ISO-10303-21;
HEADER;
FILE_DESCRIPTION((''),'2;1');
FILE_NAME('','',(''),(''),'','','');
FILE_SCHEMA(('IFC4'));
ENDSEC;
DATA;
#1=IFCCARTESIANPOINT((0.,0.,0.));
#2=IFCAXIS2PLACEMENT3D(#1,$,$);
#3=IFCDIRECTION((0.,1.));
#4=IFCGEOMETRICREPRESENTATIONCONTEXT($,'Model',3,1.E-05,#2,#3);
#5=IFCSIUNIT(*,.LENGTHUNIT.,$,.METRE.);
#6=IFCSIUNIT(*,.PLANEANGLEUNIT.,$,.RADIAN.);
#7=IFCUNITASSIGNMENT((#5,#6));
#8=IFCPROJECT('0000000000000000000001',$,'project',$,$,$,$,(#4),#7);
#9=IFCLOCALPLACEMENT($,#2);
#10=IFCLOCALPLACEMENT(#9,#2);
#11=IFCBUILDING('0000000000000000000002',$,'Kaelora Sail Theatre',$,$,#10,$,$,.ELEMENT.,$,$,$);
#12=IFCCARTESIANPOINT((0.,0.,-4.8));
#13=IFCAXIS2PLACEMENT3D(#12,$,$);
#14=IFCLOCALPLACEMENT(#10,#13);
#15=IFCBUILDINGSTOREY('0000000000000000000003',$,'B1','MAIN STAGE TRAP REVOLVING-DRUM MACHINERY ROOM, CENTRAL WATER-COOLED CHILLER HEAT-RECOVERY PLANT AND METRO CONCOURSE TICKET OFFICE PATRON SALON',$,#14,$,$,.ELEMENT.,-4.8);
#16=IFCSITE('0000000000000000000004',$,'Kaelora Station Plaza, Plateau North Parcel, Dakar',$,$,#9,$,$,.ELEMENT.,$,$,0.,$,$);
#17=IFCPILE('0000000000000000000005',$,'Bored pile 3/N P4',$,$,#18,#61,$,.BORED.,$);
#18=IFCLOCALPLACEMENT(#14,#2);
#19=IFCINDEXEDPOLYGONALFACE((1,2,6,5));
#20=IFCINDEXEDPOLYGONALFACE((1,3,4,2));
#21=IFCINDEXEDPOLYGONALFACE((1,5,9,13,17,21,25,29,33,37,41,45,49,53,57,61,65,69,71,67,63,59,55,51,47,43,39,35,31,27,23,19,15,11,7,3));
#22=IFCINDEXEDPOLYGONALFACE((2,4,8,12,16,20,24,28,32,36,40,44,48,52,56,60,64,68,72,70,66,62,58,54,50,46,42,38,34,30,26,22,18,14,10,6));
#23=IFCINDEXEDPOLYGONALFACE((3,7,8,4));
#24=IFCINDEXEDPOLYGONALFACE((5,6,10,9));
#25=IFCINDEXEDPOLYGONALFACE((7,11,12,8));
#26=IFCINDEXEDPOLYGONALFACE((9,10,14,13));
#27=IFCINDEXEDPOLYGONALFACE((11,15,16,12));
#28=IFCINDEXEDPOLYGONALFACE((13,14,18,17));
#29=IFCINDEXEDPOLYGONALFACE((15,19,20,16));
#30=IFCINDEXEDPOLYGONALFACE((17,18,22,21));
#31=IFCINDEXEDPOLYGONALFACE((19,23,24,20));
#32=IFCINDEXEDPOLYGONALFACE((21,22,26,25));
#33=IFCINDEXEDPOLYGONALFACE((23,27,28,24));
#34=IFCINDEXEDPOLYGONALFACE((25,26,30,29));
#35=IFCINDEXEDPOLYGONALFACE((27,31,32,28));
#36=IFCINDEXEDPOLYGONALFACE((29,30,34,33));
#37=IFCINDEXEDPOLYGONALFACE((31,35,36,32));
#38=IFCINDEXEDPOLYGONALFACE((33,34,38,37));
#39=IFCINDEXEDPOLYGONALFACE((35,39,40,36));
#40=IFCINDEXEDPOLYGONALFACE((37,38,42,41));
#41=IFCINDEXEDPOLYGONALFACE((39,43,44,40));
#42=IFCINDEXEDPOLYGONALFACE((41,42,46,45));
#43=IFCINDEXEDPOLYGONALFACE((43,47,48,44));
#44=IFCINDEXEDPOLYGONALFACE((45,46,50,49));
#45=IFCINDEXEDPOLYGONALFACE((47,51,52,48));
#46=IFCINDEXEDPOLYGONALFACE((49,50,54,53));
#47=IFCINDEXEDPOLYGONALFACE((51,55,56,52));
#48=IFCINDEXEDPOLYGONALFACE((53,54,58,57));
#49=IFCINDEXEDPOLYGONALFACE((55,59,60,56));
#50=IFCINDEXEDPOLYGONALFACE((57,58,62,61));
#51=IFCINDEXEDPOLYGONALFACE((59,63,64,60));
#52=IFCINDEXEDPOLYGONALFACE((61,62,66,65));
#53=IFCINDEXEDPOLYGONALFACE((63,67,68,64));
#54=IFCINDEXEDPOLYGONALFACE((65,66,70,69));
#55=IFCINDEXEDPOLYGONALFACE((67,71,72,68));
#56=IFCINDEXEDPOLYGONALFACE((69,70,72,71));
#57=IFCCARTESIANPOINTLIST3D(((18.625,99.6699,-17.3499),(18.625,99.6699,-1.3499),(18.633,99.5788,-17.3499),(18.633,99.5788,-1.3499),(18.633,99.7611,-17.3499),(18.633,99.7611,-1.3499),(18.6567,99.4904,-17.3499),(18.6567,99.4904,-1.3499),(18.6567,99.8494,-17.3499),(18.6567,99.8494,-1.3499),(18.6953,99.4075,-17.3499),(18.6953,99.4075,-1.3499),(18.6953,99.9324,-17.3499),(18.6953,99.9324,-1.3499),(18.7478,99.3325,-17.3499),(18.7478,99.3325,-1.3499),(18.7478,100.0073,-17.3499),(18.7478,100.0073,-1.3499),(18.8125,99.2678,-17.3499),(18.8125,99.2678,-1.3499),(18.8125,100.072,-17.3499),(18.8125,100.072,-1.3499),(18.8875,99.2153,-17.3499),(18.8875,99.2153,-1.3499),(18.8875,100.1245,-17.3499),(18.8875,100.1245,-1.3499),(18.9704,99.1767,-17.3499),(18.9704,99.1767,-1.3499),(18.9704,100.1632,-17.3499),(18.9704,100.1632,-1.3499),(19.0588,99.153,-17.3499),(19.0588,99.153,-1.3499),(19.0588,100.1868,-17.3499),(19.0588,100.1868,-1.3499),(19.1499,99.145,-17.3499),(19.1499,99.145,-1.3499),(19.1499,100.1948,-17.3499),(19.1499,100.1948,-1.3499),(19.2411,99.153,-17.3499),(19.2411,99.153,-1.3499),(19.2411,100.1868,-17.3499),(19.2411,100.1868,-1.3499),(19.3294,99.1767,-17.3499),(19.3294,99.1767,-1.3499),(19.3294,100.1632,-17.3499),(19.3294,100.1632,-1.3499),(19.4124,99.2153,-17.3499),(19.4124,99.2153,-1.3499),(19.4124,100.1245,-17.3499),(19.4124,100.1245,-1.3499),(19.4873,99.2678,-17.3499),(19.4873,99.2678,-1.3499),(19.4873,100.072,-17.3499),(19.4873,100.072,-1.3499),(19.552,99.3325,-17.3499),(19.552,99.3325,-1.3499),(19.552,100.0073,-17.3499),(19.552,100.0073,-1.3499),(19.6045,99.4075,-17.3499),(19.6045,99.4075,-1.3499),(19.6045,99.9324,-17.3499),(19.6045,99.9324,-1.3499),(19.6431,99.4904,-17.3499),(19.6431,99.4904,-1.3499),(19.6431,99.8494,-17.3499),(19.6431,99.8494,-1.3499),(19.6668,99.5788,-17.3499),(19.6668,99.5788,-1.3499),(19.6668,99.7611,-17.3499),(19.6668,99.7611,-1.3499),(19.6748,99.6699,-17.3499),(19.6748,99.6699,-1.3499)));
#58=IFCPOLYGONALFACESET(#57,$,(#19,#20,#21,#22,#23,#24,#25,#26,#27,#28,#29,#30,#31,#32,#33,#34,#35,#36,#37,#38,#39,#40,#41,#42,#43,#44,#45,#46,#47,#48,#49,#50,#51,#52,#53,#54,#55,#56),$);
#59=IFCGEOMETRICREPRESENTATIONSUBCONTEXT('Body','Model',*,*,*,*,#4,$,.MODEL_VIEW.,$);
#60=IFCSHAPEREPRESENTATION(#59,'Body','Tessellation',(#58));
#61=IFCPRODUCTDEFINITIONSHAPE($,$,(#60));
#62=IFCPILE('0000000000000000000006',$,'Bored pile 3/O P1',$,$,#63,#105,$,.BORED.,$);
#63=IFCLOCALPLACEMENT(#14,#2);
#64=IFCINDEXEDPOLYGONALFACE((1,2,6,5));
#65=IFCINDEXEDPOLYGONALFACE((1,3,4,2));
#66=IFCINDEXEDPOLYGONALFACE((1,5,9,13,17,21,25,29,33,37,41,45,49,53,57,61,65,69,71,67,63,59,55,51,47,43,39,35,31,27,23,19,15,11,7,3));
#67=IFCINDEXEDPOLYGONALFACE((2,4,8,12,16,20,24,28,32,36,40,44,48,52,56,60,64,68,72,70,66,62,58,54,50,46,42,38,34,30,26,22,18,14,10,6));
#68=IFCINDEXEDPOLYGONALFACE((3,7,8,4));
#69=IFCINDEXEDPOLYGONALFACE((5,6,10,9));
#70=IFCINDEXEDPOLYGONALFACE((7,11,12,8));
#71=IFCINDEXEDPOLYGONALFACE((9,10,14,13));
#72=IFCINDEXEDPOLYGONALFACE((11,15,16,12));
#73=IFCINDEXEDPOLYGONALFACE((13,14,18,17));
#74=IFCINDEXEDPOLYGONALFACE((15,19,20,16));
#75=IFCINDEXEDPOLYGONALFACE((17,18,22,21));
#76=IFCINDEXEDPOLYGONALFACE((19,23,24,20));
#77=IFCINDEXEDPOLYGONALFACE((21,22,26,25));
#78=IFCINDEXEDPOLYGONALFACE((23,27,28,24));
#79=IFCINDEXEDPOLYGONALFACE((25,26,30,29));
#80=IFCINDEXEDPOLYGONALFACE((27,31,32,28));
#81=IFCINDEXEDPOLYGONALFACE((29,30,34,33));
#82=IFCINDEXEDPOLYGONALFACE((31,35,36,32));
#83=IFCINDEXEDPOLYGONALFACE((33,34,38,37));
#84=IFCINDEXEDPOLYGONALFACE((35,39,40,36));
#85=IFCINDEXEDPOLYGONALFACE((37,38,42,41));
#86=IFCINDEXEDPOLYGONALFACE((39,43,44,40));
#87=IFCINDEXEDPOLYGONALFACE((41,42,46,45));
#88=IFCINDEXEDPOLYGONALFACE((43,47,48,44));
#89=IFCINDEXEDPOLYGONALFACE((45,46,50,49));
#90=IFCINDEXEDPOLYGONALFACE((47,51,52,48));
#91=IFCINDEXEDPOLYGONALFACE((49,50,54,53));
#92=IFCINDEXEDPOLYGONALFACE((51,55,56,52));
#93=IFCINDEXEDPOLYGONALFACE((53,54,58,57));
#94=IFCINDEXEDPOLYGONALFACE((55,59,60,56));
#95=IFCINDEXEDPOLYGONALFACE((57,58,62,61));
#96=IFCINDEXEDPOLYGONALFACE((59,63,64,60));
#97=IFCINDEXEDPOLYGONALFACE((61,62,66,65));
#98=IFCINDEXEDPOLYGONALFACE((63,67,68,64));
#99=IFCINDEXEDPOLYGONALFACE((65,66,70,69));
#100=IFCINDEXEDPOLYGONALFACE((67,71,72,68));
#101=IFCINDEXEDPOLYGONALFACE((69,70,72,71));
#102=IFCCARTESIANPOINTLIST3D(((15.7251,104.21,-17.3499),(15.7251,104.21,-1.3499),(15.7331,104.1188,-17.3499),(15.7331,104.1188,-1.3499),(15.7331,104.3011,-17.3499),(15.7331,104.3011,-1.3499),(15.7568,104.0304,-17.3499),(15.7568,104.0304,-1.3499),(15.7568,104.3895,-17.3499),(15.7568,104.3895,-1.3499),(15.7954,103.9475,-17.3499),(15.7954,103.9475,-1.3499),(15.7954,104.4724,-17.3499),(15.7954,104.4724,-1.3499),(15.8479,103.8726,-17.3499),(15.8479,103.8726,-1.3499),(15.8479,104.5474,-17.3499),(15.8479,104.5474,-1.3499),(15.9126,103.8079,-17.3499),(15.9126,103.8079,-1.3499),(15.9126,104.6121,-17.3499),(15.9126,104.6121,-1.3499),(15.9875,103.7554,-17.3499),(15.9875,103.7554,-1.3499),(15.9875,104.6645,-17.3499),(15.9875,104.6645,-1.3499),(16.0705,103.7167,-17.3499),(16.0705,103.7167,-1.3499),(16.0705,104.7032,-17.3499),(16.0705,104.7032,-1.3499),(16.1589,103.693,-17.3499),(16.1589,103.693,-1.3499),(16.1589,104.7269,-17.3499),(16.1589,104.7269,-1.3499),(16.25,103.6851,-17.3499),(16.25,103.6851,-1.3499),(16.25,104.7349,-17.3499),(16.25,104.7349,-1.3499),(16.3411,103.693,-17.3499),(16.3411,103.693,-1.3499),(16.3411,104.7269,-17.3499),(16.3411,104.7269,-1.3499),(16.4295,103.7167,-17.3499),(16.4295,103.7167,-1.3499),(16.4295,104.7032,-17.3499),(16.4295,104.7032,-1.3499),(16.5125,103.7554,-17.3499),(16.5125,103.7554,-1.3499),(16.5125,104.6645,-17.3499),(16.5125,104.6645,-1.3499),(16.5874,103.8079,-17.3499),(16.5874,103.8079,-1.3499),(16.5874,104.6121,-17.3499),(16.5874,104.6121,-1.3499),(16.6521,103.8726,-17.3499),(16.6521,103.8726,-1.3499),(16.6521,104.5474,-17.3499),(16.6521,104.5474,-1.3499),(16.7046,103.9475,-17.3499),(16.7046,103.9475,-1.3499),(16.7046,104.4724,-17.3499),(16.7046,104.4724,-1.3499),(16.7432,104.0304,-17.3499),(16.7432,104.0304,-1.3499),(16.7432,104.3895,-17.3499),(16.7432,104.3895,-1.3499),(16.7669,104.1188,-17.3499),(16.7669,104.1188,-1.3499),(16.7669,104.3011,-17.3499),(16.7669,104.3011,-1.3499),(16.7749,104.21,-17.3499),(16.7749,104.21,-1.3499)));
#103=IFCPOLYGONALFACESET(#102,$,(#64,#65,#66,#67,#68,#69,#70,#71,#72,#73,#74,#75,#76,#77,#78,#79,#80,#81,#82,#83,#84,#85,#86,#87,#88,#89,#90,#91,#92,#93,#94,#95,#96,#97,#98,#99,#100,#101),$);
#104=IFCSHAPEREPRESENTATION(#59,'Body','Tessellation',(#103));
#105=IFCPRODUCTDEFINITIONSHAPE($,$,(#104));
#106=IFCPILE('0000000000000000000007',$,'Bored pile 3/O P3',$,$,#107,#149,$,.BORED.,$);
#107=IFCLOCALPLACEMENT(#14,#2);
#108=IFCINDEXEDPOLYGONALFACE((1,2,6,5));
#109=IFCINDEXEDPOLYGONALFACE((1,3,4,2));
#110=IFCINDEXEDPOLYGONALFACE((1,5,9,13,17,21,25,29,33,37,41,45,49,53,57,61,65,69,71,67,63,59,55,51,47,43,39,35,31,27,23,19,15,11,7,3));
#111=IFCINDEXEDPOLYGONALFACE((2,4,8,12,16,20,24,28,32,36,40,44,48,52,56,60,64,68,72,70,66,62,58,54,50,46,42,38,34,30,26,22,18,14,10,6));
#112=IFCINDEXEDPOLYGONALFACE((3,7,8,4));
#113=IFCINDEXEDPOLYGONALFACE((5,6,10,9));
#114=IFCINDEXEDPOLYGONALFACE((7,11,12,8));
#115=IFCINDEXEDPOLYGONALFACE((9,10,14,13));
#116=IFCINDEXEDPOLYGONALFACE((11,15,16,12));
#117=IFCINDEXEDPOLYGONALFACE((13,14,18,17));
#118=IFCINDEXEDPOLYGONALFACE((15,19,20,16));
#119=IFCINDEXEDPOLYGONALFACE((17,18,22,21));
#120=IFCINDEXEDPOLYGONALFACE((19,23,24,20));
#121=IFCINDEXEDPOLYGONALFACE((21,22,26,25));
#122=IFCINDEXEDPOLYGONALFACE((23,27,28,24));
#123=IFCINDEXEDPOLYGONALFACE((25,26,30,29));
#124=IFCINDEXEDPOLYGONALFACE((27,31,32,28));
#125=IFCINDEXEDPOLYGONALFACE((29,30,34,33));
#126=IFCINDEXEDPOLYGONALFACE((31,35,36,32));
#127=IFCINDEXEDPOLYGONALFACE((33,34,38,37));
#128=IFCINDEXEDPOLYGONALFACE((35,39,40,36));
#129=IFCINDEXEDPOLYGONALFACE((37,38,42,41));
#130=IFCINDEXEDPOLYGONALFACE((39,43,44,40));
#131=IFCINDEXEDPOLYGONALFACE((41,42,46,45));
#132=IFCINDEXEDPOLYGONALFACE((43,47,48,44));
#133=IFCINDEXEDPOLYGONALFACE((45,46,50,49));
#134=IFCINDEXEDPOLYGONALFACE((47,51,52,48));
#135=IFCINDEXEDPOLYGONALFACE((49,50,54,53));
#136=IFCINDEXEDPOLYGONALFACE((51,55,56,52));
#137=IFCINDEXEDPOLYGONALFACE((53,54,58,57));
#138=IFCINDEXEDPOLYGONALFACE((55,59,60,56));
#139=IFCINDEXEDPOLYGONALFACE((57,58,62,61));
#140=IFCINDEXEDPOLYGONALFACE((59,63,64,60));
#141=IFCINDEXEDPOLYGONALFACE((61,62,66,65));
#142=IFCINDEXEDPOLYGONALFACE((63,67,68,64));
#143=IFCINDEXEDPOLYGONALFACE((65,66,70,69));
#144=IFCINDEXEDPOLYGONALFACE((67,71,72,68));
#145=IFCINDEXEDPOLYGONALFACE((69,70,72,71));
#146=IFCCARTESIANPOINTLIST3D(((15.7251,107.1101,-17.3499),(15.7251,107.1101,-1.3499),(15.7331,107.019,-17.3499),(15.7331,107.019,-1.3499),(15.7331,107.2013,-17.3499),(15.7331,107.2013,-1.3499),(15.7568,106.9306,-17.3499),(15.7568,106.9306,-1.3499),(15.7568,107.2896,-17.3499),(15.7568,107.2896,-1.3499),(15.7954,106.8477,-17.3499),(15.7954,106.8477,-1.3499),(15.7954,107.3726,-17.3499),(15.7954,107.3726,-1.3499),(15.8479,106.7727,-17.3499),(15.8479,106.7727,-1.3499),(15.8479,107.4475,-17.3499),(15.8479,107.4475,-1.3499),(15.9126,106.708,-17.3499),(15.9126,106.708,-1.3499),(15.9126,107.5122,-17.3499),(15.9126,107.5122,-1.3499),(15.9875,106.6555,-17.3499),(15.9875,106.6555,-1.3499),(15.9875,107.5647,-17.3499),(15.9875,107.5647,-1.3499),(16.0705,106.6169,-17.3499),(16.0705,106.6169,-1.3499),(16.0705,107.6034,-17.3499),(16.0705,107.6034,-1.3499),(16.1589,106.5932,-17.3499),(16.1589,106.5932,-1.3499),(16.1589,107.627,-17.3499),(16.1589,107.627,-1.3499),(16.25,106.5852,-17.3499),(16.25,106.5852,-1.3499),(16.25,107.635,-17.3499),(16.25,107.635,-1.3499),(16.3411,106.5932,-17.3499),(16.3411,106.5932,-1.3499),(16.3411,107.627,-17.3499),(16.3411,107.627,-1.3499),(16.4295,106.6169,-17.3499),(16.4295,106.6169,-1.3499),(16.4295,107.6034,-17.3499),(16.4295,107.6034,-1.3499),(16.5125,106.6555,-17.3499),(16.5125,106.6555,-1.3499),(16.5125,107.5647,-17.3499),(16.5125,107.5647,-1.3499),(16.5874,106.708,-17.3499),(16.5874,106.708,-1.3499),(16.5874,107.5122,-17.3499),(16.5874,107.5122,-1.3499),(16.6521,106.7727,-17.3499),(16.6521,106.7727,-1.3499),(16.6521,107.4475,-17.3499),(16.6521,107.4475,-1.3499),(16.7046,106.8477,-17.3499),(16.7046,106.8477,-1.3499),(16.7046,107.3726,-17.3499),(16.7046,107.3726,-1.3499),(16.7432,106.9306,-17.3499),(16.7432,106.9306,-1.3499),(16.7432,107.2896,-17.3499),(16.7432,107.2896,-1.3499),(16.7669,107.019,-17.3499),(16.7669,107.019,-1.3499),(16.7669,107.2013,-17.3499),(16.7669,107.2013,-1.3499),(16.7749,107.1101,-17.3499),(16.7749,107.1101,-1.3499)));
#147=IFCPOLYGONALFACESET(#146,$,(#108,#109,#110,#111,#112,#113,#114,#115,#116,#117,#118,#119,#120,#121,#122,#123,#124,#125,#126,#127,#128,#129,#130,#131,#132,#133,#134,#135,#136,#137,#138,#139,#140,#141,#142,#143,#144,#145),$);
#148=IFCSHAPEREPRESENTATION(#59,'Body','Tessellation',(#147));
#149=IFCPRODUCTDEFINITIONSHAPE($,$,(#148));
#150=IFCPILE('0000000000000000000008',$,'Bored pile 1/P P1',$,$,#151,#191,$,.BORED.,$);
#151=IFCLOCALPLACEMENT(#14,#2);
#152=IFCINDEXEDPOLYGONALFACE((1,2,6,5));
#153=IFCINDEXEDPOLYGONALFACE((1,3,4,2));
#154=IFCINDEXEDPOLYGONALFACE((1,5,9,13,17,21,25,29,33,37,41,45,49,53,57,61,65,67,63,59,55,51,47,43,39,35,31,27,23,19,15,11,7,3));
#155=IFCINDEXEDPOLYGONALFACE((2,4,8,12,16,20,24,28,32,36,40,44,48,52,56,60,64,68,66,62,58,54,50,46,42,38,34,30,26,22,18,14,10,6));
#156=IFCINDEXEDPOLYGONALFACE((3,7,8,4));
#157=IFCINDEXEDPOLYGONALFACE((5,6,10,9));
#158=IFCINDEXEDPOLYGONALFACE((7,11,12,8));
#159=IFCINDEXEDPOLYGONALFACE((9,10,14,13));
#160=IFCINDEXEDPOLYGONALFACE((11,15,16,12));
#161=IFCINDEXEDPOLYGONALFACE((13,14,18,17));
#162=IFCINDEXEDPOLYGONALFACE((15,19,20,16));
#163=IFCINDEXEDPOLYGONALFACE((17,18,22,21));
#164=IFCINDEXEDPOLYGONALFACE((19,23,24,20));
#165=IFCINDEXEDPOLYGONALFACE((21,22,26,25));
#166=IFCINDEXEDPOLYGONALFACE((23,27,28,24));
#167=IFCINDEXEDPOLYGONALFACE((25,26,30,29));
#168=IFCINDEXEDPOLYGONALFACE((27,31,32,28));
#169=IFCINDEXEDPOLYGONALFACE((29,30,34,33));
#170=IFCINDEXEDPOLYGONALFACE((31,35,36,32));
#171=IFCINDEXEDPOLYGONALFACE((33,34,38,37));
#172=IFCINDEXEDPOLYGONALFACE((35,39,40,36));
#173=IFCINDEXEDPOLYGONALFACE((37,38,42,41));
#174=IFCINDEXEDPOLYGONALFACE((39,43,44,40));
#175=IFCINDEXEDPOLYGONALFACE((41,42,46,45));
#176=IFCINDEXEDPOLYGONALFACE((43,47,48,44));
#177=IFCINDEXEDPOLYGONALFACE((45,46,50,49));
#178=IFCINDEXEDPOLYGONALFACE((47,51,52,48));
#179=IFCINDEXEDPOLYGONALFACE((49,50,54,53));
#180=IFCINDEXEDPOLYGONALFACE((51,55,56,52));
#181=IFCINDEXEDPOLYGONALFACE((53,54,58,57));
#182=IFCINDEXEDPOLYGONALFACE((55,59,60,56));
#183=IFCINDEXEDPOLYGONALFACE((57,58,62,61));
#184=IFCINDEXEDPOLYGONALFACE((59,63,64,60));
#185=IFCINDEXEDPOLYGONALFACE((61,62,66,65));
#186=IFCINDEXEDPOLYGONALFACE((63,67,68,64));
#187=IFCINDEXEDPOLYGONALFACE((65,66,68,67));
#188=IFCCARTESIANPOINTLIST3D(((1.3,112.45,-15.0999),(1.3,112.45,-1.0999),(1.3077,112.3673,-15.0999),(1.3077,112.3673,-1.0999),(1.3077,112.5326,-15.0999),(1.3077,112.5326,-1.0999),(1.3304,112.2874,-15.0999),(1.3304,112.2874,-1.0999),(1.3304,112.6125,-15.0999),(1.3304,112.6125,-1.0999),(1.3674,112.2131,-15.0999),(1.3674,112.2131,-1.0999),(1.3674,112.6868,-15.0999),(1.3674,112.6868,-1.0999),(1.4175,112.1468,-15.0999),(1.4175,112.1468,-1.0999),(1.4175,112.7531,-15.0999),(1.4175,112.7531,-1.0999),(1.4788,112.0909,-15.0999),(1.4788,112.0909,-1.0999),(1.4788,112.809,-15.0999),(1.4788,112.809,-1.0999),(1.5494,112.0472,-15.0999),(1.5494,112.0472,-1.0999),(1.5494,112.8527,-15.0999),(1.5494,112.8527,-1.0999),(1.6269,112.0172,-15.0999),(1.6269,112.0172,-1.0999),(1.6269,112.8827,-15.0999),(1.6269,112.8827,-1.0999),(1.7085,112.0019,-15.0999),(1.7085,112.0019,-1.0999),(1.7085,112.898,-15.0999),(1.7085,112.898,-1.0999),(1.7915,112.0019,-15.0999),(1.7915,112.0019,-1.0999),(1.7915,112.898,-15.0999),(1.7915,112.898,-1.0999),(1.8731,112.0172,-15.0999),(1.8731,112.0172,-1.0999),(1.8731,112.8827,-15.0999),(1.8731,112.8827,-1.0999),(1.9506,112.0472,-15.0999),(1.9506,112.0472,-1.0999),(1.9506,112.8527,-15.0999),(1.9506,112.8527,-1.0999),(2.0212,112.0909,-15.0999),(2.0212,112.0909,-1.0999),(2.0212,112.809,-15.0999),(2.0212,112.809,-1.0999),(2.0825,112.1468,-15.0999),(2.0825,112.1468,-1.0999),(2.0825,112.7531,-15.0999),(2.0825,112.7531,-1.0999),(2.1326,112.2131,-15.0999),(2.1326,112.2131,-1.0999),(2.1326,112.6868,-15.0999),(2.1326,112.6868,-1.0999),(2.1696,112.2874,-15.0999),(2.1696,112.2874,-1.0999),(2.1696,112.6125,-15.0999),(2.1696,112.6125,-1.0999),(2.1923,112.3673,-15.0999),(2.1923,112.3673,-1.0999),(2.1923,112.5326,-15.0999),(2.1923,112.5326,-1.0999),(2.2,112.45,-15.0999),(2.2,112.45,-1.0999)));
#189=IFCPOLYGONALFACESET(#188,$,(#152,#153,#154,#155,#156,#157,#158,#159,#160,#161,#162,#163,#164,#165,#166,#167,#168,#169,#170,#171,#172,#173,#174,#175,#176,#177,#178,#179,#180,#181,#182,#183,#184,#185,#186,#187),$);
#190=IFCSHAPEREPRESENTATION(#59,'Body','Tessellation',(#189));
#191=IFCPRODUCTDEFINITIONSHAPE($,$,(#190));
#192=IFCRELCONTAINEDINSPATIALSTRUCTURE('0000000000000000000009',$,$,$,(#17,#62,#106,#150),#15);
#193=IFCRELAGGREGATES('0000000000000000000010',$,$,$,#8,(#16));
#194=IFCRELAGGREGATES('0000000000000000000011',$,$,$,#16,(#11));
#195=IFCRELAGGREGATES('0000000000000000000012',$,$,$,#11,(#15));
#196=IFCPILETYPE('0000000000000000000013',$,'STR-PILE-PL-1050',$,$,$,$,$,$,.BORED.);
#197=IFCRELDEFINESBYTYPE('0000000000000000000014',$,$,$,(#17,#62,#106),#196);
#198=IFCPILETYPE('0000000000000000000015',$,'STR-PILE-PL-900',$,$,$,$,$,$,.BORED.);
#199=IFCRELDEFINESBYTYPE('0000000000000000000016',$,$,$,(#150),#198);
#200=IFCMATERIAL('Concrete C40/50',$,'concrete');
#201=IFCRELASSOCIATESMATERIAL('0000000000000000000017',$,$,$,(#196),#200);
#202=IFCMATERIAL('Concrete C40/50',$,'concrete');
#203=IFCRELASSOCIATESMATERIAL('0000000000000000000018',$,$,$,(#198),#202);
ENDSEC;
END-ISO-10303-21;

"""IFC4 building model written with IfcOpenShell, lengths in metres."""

from ifc_helpers import new_model, si_unit, direction, frame, origin, origin_2d, place, context, subcontext, project, spatial, circle, extrude, material, material_profile, profile_set, type_object, element, save


model = new_model("IFC4")

# Units and contexts
model_context = context("Model", 3, precision=1e-05, world=origin(), true_north=direction((0.0, 1.0)))
body_context = subcontext(model_context, "Body", "Model", "MODEL_VIEW")
ifc_project = project(units=[si_unit("LENGTHUNIT", "METRE"), si_unit("PLANEANGLEUNIT", "RADIAN")], contexts=[model_context])

# Site, building, storey
site_placement = place(None, origin())
site = spatial("IfcSite", under=ifc_project, at=site_placement, Name="Kaelora Station Plaza, Plateau North Parcel, Dakar", CompositionType="ELEMENT", RefElevation=0.0)
building_placement = place(site_placement, origin())
building = spatial("IfcBuilding", under=site, at=building_placement, Name="Kaelora Sail Theatre", CompositionType="ELEMENT")
storey_placement = place(building_placement, frame((0.0, 0.0, -4.8)))
storey = spatial("IfcBuildingStorey", under=building, at=storey_placement, Name="B1", Description="MAIN STAGE TRAP REVOLVING-DRUM MACHINERY ROOM, CENTRAL WATER-COOLED CHILLER HEAT-RECOVERY PLANT AND METRO CONCOURSE TICKET OFFICE PATRON SALON", CompositionType="ELEMENT", Elevation=-4.8)

# Piles
ifc_material_1 = material(Name="Concrete C40/50", Category="concrete")
ifc_material_profile_1 = material_profile(ifc_material_1, circle(Radius=0.5249, at=origin_2d()), Name="PILE D1050")
ifc_profile_set_1 = profile_set([ifc_material_profile_1], Name="Concrete C40/50")
pile_type_1 = type_object("IfcPileType", Name="STR-PILE-PL-1050", PredefinedType="BORED", material=ifc_profile_set_1)
for number, where, z_axis, x_axis, name in (
    (1, (19.1499, 99.6699, -1.3499), (0.0, 0.0, -1.0), (1.0, 0.0, 0.0), "Bored pile 3/N P4"),
    (2, (16.25, 104.21, -1.3499), (0.0, 0.0, -1.0), (1.0, 0.0, 0.0), "Bored pile 3/O P1"),
    (3, (16.25, 107.1101, -1.3499), (0.0, 0.0, -1.0), (1.0, 0.0, 0.0), "Bored pile 3/O P3"),
):
    element("IfcPile", number, at=place(storey_placement, frame(where, z_axis=z_axis, x_axis=x_axis)), inside=storey, type_object=pile_type_1, Name=name, PredefinedType="BORED", context=body_context, shape_type="SweptSolid", body=[
        extrude(circle(Radius=0.5249, at=origin_2d()), origin(), (0.0, 0.0, 1.0), 16.0),
    ])
ifc_material_2 = material(Name="Concrete C40/50", Category="concrete")
ifc_material_profile_2 = material_profile(ifc_material_2, circle(Radius=0.45, at=origin_2d()), Name="PILE D900")
ifc_profile_set_2 = profile_set([ifc_material_profile_2], Name="Concrete C40/50")
pile_type_2 = type_object("IfcPileType", Name="STR-PILE-PL-900", PredefinedType="BORED", material=ifc_profile_set_2)
for number, where, z_axis, x_axis, name in (
    (4, (1.75, 112.45, -1.0999), (0.0, 0.0, -1.0), (1.0, 0.0, 0.0), "Bored pile 1/P P1"),
):
    element("IfcPile", number, at=place(storey_placement, frame(where, z_axis=z_axis, x_axis=x_axis)), inside=storey, type_object=pile_type_2, Name=name, PredefinedType="BORED", context=body_context, shape_type="SweptSolid", body=[
        extrude(circle(Radius=0.45, at=origin_2d()), origin(), (0.0, 0.0, 1.0), 14.0),
    ])

save(model, "model.ifc")
